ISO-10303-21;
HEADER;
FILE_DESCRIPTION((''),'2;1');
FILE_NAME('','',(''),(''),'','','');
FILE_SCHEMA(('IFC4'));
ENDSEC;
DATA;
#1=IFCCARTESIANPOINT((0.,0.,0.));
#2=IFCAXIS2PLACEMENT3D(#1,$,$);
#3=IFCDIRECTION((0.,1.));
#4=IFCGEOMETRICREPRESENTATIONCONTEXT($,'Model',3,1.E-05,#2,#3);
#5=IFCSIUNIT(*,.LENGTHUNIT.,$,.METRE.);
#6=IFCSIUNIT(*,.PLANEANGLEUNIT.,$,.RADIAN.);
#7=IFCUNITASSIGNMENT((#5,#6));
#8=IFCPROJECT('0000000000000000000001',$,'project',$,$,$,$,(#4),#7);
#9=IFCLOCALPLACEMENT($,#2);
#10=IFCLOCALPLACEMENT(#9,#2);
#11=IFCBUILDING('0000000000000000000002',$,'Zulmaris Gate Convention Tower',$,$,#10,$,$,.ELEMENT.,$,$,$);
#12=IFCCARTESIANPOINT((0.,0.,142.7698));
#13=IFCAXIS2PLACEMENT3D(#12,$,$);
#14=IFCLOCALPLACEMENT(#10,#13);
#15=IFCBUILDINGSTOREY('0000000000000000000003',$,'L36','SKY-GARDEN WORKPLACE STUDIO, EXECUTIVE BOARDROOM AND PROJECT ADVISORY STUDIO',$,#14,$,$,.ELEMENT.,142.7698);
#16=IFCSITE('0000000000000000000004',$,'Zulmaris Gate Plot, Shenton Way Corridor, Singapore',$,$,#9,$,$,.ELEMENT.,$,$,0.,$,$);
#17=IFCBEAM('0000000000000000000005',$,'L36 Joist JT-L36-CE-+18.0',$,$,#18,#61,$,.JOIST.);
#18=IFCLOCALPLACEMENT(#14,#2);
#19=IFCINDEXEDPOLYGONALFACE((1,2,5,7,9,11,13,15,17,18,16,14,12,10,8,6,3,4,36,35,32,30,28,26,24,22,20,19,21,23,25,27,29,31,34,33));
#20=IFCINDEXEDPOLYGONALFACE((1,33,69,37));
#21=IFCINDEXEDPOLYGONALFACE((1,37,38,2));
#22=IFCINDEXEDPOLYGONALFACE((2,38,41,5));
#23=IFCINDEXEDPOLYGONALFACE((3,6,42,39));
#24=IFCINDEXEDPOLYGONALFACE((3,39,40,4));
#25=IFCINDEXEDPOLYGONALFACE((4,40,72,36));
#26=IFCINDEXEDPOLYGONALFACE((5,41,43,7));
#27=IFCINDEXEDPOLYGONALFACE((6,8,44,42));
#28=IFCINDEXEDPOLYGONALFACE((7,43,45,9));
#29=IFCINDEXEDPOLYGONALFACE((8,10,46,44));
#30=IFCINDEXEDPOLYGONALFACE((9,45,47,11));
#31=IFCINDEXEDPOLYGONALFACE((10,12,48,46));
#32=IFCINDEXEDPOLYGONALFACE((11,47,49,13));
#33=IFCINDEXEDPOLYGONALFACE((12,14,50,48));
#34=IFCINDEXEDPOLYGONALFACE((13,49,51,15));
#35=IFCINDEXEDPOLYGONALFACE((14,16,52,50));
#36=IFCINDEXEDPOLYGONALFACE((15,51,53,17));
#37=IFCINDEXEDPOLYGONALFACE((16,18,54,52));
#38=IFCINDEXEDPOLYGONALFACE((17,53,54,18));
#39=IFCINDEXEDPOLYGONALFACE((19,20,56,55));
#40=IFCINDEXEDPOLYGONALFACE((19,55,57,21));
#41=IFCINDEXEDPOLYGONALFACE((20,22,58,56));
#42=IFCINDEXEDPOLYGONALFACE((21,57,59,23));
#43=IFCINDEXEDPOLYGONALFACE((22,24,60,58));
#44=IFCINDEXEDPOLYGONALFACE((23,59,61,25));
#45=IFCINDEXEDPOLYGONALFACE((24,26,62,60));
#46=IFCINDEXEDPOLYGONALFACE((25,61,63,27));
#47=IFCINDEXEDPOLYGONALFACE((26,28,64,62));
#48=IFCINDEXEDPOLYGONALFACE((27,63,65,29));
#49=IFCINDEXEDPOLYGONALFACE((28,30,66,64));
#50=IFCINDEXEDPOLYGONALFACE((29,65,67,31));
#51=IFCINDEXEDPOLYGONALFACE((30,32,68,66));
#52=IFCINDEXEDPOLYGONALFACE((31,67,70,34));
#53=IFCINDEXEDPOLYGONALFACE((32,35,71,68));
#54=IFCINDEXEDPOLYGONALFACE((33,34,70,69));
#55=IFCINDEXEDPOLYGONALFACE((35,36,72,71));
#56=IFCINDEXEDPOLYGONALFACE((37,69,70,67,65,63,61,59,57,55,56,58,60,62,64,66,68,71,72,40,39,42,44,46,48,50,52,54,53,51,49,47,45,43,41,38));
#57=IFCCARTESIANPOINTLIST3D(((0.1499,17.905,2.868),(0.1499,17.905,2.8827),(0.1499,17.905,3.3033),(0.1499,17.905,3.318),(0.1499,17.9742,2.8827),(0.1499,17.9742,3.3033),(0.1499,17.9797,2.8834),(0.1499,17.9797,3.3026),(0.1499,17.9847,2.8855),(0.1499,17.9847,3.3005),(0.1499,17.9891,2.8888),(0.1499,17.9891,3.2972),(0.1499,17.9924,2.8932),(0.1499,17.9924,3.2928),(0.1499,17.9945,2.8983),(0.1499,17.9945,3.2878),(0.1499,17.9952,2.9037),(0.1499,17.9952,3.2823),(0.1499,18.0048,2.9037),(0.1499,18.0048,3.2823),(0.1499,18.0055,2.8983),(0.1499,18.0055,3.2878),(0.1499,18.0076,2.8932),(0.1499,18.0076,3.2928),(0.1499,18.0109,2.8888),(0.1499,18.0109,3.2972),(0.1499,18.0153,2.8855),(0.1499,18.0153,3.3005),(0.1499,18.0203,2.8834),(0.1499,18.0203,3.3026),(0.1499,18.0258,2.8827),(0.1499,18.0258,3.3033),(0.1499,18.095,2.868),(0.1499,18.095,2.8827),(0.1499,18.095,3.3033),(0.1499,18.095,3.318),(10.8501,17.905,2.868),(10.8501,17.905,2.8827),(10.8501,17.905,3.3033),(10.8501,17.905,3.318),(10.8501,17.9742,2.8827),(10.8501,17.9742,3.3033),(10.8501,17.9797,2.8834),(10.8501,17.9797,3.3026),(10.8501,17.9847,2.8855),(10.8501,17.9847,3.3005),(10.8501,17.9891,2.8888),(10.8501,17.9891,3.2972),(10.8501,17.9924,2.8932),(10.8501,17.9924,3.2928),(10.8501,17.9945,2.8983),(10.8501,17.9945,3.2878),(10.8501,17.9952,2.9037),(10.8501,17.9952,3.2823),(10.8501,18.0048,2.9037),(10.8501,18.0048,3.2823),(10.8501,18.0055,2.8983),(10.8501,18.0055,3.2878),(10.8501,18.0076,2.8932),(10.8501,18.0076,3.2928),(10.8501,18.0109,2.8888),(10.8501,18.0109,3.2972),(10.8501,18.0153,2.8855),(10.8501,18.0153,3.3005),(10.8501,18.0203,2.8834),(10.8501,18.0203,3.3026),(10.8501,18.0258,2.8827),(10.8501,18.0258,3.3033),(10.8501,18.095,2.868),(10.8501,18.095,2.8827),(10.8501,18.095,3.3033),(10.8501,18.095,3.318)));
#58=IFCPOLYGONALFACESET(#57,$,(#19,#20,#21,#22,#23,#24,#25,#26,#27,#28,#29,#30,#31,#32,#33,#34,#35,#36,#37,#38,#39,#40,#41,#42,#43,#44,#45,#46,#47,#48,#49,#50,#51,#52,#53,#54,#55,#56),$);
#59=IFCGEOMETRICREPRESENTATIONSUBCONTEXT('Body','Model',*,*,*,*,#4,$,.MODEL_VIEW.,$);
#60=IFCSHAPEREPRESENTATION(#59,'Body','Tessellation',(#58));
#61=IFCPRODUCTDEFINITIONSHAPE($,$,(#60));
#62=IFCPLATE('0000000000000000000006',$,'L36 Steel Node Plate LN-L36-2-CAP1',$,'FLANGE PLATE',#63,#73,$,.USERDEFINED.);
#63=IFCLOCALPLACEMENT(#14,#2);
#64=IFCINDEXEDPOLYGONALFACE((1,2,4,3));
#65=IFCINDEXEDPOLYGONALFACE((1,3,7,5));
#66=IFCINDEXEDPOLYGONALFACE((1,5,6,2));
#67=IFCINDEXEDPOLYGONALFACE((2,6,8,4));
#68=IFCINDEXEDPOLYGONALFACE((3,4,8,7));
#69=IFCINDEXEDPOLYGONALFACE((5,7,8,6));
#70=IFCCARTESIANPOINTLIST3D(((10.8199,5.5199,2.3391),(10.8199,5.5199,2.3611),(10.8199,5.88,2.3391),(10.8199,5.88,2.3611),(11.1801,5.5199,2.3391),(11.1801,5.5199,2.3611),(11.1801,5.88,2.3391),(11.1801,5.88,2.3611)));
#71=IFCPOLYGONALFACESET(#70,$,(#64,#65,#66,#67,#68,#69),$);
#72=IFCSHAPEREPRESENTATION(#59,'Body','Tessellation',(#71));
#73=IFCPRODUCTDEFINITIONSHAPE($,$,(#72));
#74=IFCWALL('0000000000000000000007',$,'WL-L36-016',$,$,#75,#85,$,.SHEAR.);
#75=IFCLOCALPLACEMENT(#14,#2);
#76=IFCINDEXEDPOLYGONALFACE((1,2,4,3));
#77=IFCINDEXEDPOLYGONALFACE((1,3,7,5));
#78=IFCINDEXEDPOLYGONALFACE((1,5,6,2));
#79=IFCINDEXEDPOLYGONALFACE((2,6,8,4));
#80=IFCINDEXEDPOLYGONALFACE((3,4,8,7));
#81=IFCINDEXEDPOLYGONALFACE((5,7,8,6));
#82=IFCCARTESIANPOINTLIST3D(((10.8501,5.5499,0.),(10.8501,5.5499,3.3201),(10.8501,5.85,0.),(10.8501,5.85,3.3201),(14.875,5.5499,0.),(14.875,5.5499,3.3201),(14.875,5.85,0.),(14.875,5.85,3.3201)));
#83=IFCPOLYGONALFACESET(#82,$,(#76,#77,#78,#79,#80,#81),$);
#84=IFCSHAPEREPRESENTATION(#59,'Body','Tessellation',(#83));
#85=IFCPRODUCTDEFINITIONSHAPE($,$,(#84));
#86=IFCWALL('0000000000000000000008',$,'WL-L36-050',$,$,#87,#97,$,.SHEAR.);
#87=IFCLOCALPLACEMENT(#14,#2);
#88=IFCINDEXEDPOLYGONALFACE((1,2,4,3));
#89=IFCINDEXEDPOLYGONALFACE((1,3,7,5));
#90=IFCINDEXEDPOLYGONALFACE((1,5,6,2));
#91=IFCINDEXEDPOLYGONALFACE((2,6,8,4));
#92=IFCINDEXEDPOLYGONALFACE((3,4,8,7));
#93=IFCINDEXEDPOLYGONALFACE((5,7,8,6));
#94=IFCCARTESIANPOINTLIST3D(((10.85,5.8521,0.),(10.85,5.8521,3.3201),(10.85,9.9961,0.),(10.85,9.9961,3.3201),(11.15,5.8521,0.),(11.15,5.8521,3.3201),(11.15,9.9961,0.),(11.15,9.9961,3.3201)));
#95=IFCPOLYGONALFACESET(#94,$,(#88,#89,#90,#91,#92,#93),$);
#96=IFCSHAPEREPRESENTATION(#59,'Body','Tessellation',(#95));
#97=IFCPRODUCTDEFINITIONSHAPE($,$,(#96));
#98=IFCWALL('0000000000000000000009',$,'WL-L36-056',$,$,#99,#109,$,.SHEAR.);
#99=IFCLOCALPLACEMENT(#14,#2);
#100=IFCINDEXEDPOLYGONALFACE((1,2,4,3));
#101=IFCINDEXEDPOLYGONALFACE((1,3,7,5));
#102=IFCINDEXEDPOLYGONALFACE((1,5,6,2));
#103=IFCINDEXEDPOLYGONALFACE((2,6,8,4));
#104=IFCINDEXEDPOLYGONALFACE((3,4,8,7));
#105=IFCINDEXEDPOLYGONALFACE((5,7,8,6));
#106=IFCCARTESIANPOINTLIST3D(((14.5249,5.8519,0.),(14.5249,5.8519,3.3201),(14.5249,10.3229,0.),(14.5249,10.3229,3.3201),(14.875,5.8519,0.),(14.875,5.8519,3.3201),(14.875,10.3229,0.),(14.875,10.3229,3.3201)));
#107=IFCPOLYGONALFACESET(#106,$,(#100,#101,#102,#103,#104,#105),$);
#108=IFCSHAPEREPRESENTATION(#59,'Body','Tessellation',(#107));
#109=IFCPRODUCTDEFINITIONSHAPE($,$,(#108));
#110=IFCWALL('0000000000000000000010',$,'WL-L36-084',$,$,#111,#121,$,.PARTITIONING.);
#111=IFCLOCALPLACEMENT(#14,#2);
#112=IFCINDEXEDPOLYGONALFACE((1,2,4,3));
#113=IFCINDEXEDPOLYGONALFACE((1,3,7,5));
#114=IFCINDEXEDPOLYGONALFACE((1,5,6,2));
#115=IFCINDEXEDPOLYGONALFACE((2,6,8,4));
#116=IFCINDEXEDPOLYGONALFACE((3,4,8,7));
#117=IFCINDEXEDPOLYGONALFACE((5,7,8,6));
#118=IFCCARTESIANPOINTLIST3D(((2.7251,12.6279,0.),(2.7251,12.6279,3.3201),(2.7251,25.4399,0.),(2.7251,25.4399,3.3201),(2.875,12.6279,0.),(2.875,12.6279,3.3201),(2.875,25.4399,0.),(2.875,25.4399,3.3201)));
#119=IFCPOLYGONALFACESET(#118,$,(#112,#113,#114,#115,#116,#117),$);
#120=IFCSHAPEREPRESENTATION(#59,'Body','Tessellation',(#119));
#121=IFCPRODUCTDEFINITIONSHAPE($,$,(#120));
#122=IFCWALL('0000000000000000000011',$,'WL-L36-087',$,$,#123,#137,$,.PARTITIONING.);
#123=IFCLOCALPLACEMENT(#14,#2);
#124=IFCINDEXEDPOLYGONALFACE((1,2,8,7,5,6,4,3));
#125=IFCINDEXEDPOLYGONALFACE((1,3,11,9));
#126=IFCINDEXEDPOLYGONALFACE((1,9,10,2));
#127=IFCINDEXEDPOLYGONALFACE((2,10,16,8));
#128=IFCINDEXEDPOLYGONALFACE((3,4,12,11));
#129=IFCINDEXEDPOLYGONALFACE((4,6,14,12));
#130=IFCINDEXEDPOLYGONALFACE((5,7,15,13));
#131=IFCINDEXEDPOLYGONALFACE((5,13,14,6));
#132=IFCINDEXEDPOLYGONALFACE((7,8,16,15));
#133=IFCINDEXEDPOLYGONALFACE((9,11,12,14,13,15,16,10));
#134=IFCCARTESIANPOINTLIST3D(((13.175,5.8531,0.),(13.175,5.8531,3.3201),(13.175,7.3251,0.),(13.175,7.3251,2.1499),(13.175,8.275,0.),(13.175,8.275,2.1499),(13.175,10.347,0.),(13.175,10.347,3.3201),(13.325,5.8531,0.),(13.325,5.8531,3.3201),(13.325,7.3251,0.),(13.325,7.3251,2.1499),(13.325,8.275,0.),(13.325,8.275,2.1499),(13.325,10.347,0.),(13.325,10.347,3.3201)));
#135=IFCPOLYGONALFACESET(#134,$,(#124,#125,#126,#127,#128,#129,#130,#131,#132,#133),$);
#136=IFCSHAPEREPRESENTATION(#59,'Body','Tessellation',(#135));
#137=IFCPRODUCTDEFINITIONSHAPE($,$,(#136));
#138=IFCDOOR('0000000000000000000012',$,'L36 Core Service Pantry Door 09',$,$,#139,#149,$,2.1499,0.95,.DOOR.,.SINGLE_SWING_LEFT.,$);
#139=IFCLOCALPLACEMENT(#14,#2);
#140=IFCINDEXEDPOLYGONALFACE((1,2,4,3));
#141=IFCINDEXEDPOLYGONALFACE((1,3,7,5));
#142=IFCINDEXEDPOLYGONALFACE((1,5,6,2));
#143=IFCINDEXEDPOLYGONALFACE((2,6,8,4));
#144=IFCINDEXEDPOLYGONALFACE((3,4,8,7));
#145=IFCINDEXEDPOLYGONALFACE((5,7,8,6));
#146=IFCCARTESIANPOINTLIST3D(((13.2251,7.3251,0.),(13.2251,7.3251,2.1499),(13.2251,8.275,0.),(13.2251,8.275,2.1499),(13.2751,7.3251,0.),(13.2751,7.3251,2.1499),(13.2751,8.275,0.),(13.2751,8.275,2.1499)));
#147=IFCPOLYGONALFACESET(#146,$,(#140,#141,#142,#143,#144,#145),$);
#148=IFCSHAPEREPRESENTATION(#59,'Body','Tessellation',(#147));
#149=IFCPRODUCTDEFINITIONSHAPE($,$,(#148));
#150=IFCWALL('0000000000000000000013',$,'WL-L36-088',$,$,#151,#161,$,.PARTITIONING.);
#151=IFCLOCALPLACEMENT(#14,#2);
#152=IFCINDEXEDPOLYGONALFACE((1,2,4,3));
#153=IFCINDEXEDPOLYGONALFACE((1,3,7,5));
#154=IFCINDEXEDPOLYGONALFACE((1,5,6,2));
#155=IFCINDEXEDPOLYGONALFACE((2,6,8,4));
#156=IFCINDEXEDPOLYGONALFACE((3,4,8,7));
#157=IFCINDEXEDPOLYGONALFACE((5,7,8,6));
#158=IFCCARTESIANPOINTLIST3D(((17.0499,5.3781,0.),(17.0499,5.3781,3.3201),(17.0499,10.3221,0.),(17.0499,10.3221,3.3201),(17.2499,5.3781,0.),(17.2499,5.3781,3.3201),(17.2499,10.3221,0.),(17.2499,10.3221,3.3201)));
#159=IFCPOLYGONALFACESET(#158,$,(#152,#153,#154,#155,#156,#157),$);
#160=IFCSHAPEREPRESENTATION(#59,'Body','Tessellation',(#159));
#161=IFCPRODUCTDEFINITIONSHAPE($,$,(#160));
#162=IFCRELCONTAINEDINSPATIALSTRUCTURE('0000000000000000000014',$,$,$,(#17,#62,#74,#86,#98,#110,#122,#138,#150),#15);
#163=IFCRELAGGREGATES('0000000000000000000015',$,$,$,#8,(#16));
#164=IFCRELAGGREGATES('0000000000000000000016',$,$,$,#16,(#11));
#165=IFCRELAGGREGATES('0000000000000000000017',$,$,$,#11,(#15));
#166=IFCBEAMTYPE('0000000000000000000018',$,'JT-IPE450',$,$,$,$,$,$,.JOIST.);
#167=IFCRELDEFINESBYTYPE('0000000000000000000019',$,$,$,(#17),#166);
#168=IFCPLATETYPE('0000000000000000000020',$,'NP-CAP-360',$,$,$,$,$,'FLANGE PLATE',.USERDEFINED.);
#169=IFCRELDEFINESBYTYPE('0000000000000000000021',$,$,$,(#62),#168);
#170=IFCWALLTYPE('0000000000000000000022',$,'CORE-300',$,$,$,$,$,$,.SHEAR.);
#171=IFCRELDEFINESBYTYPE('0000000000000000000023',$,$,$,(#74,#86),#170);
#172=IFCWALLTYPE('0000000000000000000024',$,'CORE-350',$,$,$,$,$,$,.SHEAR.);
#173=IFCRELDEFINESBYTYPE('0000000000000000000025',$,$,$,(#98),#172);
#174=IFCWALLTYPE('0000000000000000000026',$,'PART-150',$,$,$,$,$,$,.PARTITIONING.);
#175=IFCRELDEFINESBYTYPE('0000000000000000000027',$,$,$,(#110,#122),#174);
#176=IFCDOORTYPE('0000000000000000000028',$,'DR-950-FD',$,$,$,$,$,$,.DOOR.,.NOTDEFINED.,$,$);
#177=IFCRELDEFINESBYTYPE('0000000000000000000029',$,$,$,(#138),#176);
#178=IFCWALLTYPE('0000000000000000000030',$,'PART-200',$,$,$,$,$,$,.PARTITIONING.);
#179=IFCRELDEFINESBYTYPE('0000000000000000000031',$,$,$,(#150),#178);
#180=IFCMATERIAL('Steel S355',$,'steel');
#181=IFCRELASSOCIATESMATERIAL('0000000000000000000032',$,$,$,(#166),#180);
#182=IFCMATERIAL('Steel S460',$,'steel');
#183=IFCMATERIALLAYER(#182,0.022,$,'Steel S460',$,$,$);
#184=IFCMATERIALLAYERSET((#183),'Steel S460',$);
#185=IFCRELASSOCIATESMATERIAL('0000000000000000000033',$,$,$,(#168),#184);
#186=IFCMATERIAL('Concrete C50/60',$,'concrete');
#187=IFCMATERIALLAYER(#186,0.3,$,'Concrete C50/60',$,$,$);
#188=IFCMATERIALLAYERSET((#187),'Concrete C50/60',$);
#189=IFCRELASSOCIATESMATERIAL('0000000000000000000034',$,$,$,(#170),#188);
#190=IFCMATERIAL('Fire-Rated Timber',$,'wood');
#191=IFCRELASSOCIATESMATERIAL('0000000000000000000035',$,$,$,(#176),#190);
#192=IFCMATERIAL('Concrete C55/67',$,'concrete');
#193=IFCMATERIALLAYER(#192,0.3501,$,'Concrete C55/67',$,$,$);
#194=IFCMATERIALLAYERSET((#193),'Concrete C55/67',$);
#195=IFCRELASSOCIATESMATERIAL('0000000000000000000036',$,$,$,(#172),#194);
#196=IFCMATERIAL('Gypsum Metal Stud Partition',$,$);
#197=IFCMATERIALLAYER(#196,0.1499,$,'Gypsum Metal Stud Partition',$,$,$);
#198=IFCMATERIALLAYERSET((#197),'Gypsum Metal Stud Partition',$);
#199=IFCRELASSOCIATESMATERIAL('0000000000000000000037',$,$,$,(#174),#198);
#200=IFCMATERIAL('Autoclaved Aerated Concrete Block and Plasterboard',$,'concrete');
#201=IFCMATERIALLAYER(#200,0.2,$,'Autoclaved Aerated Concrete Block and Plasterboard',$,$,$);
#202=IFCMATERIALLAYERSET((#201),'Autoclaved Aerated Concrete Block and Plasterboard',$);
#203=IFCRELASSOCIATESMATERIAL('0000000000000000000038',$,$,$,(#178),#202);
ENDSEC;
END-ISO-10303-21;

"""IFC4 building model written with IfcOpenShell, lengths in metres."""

from ifc_helpers import new_model, si_unit, direction, frame, frame_2d, origin, origin_2d, place, context, subcontext, project, spatial, rectangle, i_section, extrude, material, layer, layer_set, material_profile, profile_set, type_object, element, fill, save


model = new_model("IFC4")

# Units and contexts
model_context = context("Model", 3, precision=1e-05, world=origin(), true_north=direction((0.0, 1.0)))
body_context = subcontext(model_context, "Body", "Model", "MODEL_VIEW")
ifc_project = project(units=[si_unit("LENGTHUNIT", "METRE"), si_unit("PLANEANGLEUNIT", "RADIAN")], contexts=[model_context])

# Site, building, storey
site_placement = place(None, origin())
site = spatial("IfcSite", under=ifc_project, at=site_placement, Name="Zulmaris Gate Plot, Shenton Way Corridor, Singapore", CompositionType="ELEMENT", RefElevation=0.0)
building_placement = place(site_placement, origin())
building = spatial("IfcBuilding", under=site, at=building_placement, Name="Zulmaris Gate Convention Tower", CompositionType="ELEMENT")
storey_placement = place(building_placement, frame((0.0, 0.0, 142.7698)))
storey = spatial("IfcBuildingStorey", under=building, at=storey_placement, Name="L36", Description="SKY-GARDEN WORKPLACE STUDIO, EXECUTIVE BOARDROOM AND PROJECT ADVISORY STUDIO", CompositionType="ELEMENT", Elevation=142.7698)

# Beam
ifc_material_1 = material(Name="Steel S355", Category="steel")
ifc_material_profile_1 = material_profile(ifc_material_1, i_section(OverallWidth=0.1899, OverallDepth=0.45, WebThickness=0.0095, FlangeThickness=0.0146, FilletRadius=0.021, at=origin_2d()), Name="IPE 450")
ifc_profile_set_1 = profile_set([ifc_material_profile_1], Name="Steel S355")
beam_type_1 = type_object("IfcBeamType", Name="JT-IPE450", PredefinedType="JOIST", material=ifc_profile_set_1)
for number, where, z_axis, x_axis, name in (
    (1, (0.1499, 18.0, 3.093), (1.0, 0.0, 0.0), (0.0, 1.0, 0.0), "L36 Joist JT-L36-CE-+18.0"),
):
    element("IfcBeam", number, at=place(storey_placement, frame(where, z_axis=z_axis, x_axis=x_axis)), inside=storey, type_object=beam_type_1, Name=name, PredefinedType="JOIST", context=body_context, shape_type="SweptSolid", body=[
        extrude(i_section(OverallWidth=0.1899, OverallDepth=0.45, WebThickness=0.0095, FlangeThickness=0.0146, FilletRadius=0.021, at=origin_2d()), origin(), (0.0, 0.0, 1.0), 10.7002),
    ])

# Plate
ifc_material_2 = material(Name="Steel S460", Category="steel")
ifc_layer_1 = layer(ifc_material_2, 0.022, Name="Steel S460")
ifc_layer_set_1 = layer_set([ifc_layer_1], Name="Steel S460")
plate_type = type_object("IfcPlateType", Name="NP-CAP-360", ElementType="FLANGE PLATE", PredefinedType="USERDEFINED", material=ifc_layer_set_1)
plate_placement = place(storey_placement, frame((11.0, 5.7, 2.3391), z_axis=(0.0, 0.0, 1.0), x_axis=(1.0, 0.0, 0.0)))
element("IfcPlate", 2, at=plate_placement, inside=storey, type_object=plate_type, Name="L36 Steel Node Plate LN-L36-2-CAP1", ObjectType="FLANGE PLATE", PredefinedType="USERDEFINED", context=body_context, shape_type="SweptSolid", body=[
    extrude(rectangle(XDim=0.3601, YDim=0.3601, at=origin_2d()), origin(), (0.0, 0.0, 1.0), 0.022),
])

# Wall
ifc_material_3 = material(Name="Concrete C50/60", Category="concrete")
ifc_layer_2 = layer(ifc_material_3, 0.3, Name="Concrete C50/60")
ifc_layer_set_2 = layer_set([ifc_layer_2], Name="Concrete C50/60")
wall_type_1 = type_object("IfcWallType", Name="CORE-300", PredefinedType="SHEAR", material=ifc_layer_set_2)
wall_1_placement = place(storey_placement, frame((10.8501, 5.7, 0.0), z_axis=(0.0, 0.0, 1.0), x_axis=(1.0, 0.0, 0.0)))
element("IfcWall", 3, at=wall_1_placement, inside=storey, type_object=wall_type_1, Name="WL-L36-016", PredefinedType="SHEAR", context=body_context, shape_type="SweptSolid", body=[
    extrude(rectangle(XDim=4.0249, YDim=0.3, at=frame_2d((2.0125, 0.0))), origin(), (0.0, 0.0, 1.0), 3.3201),
])

# Shared definitions
ifc_material_4 = material(Name="Fire-Rated Timber", Category="wood")
door_type_1 = type_object("IfcDoorType", Name="DR-950-FD", OperationType="NOTDEFINED", PredefinedType="DOOR", material=ifc_material_4)

# Wall
wall_2_placement = place(storey_placement, frame((11.0, 5.8521, 0.0), z_axis=(0.0, 0.0, 1.0), x_axis=(0.0, 1.0, 0.0)))
element("IfcWall", 4, at=wall_2_placement, inside=storey, type_object=wall_type_1, Name="WL-L36-050", PredefinedType="SHEAR", context=body_context, shape_type="SweptSolid", body=[
    extrude(rectangle(XDim=4.144, YDim=0.3, at=frame_2d((2.072, 0.0))), origin(), (0.0, 0.0, 1.0), 3.3201),
])

# Shared definitions
ifc_material_5 = material(Name="Concrete C55/67", Category="concrete")
ifc_layer_3 = layer(ifc_material_5, 0.3501, Name="Concrete C55/67")
ifc_layer_set_3 = layer_set([ifc_layer_3], Name="Concrete C55/67")
wall_type_2 = type_object("IfcWallType", Name="CORE-350", PredefinedType="SHEAR", material=ifc_layer_set_3)

# Walls
wall_3_placement = place(storey_placement, frame((14.7, 5.8521, 0.0), z_axis=(0.0, 0.0, 1.0), x_axis=(0.0, 1.0, 0.0)))
element("IfcWall", 5, at=wall_3_placement, inside=storey, type_object=wall_type_2, Name="WL-L36-056", PredefinedType="SHEAR", context=body_context, shape_type="SweptSolid", body=[
    extrude(rectangle(XDim=4.4709, YDim=0.3501, at=frame_2d((2.2354, 0.0))), origin(), (0.0, 0.0, 1.0), 3.3201),
])
ifc_material_6 = material(Name="Gypsum Metal Stud Partition")
ifc_layer_4 = layer(ifc_material_6, 0.1499, Name="Gypsum Metal Stud Partition")
ifc_layer_set_4 = layer_set([ifc_layer_4], Name="Gypsum Metal Stud Partition")
wall_type_3 = type_object("IfcWallType", Name="PART-150", PredefinedType="PARTITIONING", material=ifc_layer_set_4)
wall_4_placement = place(storey_placement, frame((2.8, 12.6279, 0.0), z_axis=(0.0, 0.0, 1.0), x_axis=(0.0, 1.0, 0.0)))
element("IfcWall", 6, at=wall_4_placement, inside=storey, type_object=wall_type_3, Name="WL-L36-084", PredefinedType="PARTITIONING", context=body_context, shape_type="SweptSolid", body=[
    extrude(rectangle(XDim=12.812, YDim=0.1499, at=frame_2d((6.406, 0.0))), origin(), (0.0, 0.0, 1.0), 3.3201),
])

# Wall, opening, door
wall_5_placement = place(storey_placement, frame((13.25, 5.853, 0.0), z_axis=(0.0, 0.0, 1.0), x_axis=(0.0, 1.0, 0.0)))
wall_5 = element("IfcWall", 7, at=wall_5_placement, inside=storey, type_object=wall_type_3, Name="WL-L36-087", PredefinedType="PARTITIONING", context=body_context, shape_type="SweptSolid", body=[
    extrude(rectangle(XDim=4.4939, YDim=0.1499, at=frame_2d((2.2471, 0.0))), origin(), (0.0, 0.0, 1.0), 3.3201),
])
opening_1_placement = place(wall_5_placement, frame((1.4719, 0.0, 0.0)))
opening_1 = element("IfcOpeningElement", 8, at=opening_1_placement, cuts=wall_5, PredefinedType="OPENING", context=body_context, shape_type="SweptSolid", body=[
    extrude(rectangle(XDim=0.95, YDim=2.1499, at=frame_2d((0.4751, 1.075))), frame((0.0, 0.085, 0.0), z_axis=(0.0, -1.0, 0.0), x_axis=(1.0, 0.0, 0.0)), (0.0, 0.0, 1.0), 0.1699),
])
door_1_placement = place(opening_1_placement, origin())
door_1 = element("IfcDoor", 9, at=door_1_placement, inside=storey, type_object=door_type_1, Name="L36 Core Service Pantry Door 09", OperationType="SINGLE_SWING_LEFT", OverallHeight=2.1499, OverallWidth=0.95, PredefinedType="DOOR", context=body_context, shape_type="SweptSolid", body=[
    extrude(rectangle(XDim=0.95, YDim=2.1499, at=frame_2d((0.4751, 1.075))), frame((0.0, 0.0249, 0.0), z_axis=(0.0, -1.0, 0.0), x_axis=(1.0, 0.0, 0.0)), (0.0, 0.0, 1.0), 0.05),
])
fill(opening_1, door_1)

# Wall
ifc_material_7 = material(Name="Autoclaved Aerated Concrete Block and Plasterboard", Category="concrete")
ifc_layer_5 = layer(ifc_material_7, 0.2, Name="Autoclaved Aerated Concrete Block and Plasterboard")
ifc_layer_set_5 = layer_set([ifc_layer_5], Name="Autoclaved Aerated Concrete Block and Plasterboard")
wall_type_4 = type_object("IfcWallType", Name="PART-200", PredefinedType="PARTITIONING", material=ifc_layer_set_5)
wall_6_placement = place(storey_placement, frame((17.1499, 5.3779, 0.0), z_axis=(0.0, 0.0, 1.0), x_axis=(0.0, 1.0, 0.0)))
element("IfcWall", 10, at=wall_6_placement, inside=storey, type_object=wall_type_4, Name="WL-L36-088", PredefinedType="PARTITIONING", context=body_context, shape_type="SweptSolid", body=[
    extrude(rectangle(XDim=4.9441, YDim=0.2, at=frame_2d((2.4722, 0.0))), origin(), (0.0, 0.0, 1.0), 3.3201),
])

save(model, "model.ifc")
